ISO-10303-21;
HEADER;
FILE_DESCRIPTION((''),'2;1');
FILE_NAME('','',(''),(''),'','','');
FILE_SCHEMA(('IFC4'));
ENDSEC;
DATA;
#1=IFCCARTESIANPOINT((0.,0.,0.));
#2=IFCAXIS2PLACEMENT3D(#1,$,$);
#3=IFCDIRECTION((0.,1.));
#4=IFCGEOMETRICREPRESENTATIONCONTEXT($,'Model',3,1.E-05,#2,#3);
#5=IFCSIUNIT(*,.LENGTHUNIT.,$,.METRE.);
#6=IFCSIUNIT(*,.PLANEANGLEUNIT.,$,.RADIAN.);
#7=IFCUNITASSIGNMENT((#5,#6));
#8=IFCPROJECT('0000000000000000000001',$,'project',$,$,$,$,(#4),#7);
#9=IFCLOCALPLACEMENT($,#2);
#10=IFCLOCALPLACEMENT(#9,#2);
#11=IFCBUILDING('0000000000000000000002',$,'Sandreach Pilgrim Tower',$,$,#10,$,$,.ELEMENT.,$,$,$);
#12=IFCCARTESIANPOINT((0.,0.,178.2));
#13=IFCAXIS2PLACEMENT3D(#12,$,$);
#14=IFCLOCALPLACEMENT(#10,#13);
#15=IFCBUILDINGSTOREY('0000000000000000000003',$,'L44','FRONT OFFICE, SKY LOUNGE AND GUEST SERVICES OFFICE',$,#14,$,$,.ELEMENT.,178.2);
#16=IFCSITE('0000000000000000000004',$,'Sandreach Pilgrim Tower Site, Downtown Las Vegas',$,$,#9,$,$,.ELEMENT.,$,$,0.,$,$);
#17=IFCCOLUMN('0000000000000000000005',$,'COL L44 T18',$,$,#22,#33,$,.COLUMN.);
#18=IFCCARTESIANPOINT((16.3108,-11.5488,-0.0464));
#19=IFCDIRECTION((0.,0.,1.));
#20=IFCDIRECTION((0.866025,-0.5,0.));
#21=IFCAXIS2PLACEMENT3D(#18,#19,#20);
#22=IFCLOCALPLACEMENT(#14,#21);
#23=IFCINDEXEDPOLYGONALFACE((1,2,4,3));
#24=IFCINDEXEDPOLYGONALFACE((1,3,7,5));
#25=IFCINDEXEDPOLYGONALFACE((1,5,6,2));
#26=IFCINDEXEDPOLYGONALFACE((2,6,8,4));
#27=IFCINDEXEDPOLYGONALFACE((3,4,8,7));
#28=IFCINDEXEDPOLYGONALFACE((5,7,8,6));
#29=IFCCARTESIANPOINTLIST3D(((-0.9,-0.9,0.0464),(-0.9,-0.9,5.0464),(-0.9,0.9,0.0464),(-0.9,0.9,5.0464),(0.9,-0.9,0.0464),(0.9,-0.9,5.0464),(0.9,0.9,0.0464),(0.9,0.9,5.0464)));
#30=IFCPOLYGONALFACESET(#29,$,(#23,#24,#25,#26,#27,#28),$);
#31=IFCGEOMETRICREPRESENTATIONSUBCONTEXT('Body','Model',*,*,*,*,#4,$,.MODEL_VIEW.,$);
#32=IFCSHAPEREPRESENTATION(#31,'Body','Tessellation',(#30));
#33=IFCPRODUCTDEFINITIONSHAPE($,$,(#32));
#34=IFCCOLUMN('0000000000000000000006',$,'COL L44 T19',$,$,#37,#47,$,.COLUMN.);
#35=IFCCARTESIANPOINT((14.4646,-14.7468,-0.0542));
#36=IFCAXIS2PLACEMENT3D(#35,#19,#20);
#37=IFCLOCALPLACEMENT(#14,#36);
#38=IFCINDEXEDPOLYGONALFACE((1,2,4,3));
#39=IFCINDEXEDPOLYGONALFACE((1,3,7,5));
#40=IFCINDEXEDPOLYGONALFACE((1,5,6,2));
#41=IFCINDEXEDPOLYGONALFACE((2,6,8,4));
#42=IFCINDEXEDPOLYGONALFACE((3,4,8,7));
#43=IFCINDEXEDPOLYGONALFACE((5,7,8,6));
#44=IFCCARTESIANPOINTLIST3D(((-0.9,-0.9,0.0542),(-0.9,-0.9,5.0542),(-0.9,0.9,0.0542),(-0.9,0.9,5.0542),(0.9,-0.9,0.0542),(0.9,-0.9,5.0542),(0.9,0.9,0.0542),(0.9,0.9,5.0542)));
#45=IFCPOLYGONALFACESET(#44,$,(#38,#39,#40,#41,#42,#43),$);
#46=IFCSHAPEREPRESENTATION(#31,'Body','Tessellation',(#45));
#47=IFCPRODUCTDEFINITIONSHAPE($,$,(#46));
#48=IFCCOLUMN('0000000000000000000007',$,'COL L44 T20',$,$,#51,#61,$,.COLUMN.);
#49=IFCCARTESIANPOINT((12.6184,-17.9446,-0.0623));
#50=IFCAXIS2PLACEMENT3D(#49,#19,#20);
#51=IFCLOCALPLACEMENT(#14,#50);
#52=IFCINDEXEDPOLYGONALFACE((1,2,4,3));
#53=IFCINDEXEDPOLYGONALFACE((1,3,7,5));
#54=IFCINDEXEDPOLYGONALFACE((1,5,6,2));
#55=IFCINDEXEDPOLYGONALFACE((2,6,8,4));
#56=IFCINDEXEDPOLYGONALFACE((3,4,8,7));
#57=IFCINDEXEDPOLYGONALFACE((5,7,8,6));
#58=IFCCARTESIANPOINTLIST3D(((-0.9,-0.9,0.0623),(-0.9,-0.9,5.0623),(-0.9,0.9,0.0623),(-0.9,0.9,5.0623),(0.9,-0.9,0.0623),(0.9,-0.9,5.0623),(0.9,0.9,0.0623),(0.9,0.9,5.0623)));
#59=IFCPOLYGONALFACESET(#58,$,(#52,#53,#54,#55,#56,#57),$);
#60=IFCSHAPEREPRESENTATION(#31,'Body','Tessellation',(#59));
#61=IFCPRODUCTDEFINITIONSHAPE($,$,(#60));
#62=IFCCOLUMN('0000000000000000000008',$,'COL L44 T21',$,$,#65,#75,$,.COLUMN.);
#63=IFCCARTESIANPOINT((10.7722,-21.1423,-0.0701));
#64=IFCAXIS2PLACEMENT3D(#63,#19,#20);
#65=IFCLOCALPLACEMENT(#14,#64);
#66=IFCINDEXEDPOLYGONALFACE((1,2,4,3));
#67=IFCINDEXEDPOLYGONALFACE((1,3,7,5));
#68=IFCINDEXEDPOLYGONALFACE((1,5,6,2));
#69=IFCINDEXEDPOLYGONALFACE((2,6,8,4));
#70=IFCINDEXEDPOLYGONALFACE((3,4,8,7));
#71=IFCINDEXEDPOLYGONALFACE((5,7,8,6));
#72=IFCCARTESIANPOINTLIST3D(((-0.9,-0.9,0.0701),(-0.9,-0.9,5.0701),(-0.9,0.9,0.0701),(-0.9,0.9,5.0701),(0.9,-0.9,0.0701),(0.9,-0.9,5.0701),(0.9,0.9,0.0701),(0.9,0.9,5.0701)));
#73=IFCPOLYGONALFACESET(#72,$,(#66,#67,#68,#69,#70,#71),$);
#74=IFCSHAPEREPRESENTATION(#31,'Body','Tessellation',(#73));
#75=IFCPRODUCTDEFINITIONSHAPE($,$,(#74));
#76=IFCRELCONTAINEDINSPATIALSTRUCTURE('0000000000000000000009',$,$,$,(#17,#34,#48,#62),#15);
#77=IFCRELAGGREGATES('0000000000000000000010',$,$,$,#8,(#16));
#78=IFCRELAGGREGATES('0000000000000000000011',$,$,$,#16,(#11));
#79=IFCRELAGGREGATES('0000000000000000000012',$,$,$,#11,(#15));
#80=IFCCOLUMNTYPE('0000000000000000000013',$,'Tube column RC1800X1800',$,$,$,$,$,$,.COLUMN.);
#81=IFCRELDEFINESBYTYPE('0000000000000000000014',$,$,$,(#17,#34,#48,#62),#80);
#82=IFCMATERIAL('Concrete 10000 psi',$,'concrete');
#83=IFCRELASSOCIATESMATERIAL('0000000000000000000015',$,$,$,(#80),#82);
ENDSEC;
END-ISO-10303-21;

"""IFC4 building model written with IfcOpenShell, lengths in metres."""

from ifc_helpers import new_model, si_unit, direction, frame, origin, origin_2d, place, context, subcontext, project, spatial, rectangle, extrude, clip, halfspace, material, material_profile, profile_set, type_object, element, save


model = new_model("IFC4")

# Units and contexts
model_context = context("Model", 3, precision=1e-05, world=origin(), true_north=direction((0.0, 1.0)))
body_context = subcontext(model_context, "Body", "Model", "MODEL_VIEW")
ifc_project = project(units=[si_unit("LENGTHUNIT", "METRE"), si_unit("PLANEANGLEUNIT", "RADIAN")], contexts=[model_context])

# Site, building, storey
site_placement = place(None, origin())
site = spatial("IfcSite", under=ifc_project, at=site_placement, Name="Sandreach Pilgrim Tower Site, Downtown Las Vegas", CompositionType="ELEMENT", RefElevation=0.0)
building_placement = place(site_placement, origin())
building = spatial("IfcBuilding", under=site, at=building_placement, Name="Sandreach Pilgrim Tower", CompositionType="ELEMENT")
storey_placement = place(building_placement, frame((0.0, 0.0, 178.2)))
storey = spatial("IfcBuildingStorey", under=building, at=storey_placement, Name="L44", Description="FRONT OFFICE, SKY LOUNGE AND GUEST SERVICES OFFICE", CompositionType="ELEMENT", Elevation=178.2)

# Columns
ifc_material_1 = material(Name="Concrete 10000 psi", Category="concrete")
ifc_material_profile_1 = material_profile(ifc_material_1, rectangle(XDim=1.8, YDim=1.8, at=origin_2d()), Name="RC1800X1800")
ifc_profile_set_1 = profile_set([ifc_material_profile_1], Name="Concrete 10000 psi")
column_type = type_object("IfcColumnType", Name="Tube column RC1800X1800", PredefinedType="COLUMN", material=ifc_profile_set_1)
column_1_placement = place(storey_placement, frame((16.3108, -11.5488, -0.0464), z_axis=(0.0, 0.0, 1.0), x_axis=(0.866025, -0.5, 0.0)))
element("IfcColumn", 1, at=column_1_placement, inside=storey, type_object=column_type, Name="COL L44 T18", PredefinedType="COLUMN", context=body_context, shape_type="SweptSolid", body=[
    clip(extrude(rectangle(XDim=1.8, YDim=1.8, at=origin_2d()), origin(), (0.0, 0.0, 1.0), 5.0464), halfspace(frame((0.0, 0.0, 0.0464)), True)),
])
column_2_placement = place(storey_placement, frame((14.4646, -14.7468, -0.0542), z_axis=(0.0, 0.0, 1.0), x_axis=(0.866025, -0.5, 0.0)))
element("IfcColumn", 2, at=column_2_placement, inside=storey, type_object=column_type, Name="COL L44 T19", PredefinedType="COLUMN", context=body_context, shape_type="SweptSolid", body=[
    clip(extrude(rectangle(XDim=1.8, YDim=1.8, at=origin_2d()), origin(), (0.0, 0.0, 1.0), 5.0542), halfspace(frame((0.0, 0.0, 0.0542)), True)),
])
column_3_placement = place(storey_placement, frame((12.6184, -17.9446, -0.0623), z_axis=(0.0, 0.0, 1.0), x_axis=(0.866025, -0.5, 0.0)))
element("IfcColumn", 3, at=column_3_placement, inside=storey, type_object=column_type, Name="COL L44 T20", PredefinedType="COLUMN", context=body_context, shape_type="SweptSolid", body=[
    clip(extrude(rectangle(XDim=1.8, YDim=1.8, at=origin_2d()), origin(), (0.0, 0.0, 1.0), 5.0623), halfspace(frame((0.0, 0.0, 0.0623)), True)),
])
column_4_placement = place(storey_placement, frame((10.7722, -21.1423, -0.0701), z_axis=(0.0, 0.0, 1.0), x_axis=(0.866025, -0.5, 0.0)))
element("IfcColumn", 4, at=column_4_placement, inside=storey, type_object=column_type, Name="COL L44 T21", PredefinedType="COLUMN", context=body_context, shape_type="SweptSolid", body=[
    clip(extrude(rectangle(XDim=1.8, YDim=1.8, at=origin_2d()), origin(), (0.0, 0.0, 1.0), 5.0701), halfspace(frame((0.0, 0.0, 0.0701)), True)),
])

save(model, "model.ifc")
